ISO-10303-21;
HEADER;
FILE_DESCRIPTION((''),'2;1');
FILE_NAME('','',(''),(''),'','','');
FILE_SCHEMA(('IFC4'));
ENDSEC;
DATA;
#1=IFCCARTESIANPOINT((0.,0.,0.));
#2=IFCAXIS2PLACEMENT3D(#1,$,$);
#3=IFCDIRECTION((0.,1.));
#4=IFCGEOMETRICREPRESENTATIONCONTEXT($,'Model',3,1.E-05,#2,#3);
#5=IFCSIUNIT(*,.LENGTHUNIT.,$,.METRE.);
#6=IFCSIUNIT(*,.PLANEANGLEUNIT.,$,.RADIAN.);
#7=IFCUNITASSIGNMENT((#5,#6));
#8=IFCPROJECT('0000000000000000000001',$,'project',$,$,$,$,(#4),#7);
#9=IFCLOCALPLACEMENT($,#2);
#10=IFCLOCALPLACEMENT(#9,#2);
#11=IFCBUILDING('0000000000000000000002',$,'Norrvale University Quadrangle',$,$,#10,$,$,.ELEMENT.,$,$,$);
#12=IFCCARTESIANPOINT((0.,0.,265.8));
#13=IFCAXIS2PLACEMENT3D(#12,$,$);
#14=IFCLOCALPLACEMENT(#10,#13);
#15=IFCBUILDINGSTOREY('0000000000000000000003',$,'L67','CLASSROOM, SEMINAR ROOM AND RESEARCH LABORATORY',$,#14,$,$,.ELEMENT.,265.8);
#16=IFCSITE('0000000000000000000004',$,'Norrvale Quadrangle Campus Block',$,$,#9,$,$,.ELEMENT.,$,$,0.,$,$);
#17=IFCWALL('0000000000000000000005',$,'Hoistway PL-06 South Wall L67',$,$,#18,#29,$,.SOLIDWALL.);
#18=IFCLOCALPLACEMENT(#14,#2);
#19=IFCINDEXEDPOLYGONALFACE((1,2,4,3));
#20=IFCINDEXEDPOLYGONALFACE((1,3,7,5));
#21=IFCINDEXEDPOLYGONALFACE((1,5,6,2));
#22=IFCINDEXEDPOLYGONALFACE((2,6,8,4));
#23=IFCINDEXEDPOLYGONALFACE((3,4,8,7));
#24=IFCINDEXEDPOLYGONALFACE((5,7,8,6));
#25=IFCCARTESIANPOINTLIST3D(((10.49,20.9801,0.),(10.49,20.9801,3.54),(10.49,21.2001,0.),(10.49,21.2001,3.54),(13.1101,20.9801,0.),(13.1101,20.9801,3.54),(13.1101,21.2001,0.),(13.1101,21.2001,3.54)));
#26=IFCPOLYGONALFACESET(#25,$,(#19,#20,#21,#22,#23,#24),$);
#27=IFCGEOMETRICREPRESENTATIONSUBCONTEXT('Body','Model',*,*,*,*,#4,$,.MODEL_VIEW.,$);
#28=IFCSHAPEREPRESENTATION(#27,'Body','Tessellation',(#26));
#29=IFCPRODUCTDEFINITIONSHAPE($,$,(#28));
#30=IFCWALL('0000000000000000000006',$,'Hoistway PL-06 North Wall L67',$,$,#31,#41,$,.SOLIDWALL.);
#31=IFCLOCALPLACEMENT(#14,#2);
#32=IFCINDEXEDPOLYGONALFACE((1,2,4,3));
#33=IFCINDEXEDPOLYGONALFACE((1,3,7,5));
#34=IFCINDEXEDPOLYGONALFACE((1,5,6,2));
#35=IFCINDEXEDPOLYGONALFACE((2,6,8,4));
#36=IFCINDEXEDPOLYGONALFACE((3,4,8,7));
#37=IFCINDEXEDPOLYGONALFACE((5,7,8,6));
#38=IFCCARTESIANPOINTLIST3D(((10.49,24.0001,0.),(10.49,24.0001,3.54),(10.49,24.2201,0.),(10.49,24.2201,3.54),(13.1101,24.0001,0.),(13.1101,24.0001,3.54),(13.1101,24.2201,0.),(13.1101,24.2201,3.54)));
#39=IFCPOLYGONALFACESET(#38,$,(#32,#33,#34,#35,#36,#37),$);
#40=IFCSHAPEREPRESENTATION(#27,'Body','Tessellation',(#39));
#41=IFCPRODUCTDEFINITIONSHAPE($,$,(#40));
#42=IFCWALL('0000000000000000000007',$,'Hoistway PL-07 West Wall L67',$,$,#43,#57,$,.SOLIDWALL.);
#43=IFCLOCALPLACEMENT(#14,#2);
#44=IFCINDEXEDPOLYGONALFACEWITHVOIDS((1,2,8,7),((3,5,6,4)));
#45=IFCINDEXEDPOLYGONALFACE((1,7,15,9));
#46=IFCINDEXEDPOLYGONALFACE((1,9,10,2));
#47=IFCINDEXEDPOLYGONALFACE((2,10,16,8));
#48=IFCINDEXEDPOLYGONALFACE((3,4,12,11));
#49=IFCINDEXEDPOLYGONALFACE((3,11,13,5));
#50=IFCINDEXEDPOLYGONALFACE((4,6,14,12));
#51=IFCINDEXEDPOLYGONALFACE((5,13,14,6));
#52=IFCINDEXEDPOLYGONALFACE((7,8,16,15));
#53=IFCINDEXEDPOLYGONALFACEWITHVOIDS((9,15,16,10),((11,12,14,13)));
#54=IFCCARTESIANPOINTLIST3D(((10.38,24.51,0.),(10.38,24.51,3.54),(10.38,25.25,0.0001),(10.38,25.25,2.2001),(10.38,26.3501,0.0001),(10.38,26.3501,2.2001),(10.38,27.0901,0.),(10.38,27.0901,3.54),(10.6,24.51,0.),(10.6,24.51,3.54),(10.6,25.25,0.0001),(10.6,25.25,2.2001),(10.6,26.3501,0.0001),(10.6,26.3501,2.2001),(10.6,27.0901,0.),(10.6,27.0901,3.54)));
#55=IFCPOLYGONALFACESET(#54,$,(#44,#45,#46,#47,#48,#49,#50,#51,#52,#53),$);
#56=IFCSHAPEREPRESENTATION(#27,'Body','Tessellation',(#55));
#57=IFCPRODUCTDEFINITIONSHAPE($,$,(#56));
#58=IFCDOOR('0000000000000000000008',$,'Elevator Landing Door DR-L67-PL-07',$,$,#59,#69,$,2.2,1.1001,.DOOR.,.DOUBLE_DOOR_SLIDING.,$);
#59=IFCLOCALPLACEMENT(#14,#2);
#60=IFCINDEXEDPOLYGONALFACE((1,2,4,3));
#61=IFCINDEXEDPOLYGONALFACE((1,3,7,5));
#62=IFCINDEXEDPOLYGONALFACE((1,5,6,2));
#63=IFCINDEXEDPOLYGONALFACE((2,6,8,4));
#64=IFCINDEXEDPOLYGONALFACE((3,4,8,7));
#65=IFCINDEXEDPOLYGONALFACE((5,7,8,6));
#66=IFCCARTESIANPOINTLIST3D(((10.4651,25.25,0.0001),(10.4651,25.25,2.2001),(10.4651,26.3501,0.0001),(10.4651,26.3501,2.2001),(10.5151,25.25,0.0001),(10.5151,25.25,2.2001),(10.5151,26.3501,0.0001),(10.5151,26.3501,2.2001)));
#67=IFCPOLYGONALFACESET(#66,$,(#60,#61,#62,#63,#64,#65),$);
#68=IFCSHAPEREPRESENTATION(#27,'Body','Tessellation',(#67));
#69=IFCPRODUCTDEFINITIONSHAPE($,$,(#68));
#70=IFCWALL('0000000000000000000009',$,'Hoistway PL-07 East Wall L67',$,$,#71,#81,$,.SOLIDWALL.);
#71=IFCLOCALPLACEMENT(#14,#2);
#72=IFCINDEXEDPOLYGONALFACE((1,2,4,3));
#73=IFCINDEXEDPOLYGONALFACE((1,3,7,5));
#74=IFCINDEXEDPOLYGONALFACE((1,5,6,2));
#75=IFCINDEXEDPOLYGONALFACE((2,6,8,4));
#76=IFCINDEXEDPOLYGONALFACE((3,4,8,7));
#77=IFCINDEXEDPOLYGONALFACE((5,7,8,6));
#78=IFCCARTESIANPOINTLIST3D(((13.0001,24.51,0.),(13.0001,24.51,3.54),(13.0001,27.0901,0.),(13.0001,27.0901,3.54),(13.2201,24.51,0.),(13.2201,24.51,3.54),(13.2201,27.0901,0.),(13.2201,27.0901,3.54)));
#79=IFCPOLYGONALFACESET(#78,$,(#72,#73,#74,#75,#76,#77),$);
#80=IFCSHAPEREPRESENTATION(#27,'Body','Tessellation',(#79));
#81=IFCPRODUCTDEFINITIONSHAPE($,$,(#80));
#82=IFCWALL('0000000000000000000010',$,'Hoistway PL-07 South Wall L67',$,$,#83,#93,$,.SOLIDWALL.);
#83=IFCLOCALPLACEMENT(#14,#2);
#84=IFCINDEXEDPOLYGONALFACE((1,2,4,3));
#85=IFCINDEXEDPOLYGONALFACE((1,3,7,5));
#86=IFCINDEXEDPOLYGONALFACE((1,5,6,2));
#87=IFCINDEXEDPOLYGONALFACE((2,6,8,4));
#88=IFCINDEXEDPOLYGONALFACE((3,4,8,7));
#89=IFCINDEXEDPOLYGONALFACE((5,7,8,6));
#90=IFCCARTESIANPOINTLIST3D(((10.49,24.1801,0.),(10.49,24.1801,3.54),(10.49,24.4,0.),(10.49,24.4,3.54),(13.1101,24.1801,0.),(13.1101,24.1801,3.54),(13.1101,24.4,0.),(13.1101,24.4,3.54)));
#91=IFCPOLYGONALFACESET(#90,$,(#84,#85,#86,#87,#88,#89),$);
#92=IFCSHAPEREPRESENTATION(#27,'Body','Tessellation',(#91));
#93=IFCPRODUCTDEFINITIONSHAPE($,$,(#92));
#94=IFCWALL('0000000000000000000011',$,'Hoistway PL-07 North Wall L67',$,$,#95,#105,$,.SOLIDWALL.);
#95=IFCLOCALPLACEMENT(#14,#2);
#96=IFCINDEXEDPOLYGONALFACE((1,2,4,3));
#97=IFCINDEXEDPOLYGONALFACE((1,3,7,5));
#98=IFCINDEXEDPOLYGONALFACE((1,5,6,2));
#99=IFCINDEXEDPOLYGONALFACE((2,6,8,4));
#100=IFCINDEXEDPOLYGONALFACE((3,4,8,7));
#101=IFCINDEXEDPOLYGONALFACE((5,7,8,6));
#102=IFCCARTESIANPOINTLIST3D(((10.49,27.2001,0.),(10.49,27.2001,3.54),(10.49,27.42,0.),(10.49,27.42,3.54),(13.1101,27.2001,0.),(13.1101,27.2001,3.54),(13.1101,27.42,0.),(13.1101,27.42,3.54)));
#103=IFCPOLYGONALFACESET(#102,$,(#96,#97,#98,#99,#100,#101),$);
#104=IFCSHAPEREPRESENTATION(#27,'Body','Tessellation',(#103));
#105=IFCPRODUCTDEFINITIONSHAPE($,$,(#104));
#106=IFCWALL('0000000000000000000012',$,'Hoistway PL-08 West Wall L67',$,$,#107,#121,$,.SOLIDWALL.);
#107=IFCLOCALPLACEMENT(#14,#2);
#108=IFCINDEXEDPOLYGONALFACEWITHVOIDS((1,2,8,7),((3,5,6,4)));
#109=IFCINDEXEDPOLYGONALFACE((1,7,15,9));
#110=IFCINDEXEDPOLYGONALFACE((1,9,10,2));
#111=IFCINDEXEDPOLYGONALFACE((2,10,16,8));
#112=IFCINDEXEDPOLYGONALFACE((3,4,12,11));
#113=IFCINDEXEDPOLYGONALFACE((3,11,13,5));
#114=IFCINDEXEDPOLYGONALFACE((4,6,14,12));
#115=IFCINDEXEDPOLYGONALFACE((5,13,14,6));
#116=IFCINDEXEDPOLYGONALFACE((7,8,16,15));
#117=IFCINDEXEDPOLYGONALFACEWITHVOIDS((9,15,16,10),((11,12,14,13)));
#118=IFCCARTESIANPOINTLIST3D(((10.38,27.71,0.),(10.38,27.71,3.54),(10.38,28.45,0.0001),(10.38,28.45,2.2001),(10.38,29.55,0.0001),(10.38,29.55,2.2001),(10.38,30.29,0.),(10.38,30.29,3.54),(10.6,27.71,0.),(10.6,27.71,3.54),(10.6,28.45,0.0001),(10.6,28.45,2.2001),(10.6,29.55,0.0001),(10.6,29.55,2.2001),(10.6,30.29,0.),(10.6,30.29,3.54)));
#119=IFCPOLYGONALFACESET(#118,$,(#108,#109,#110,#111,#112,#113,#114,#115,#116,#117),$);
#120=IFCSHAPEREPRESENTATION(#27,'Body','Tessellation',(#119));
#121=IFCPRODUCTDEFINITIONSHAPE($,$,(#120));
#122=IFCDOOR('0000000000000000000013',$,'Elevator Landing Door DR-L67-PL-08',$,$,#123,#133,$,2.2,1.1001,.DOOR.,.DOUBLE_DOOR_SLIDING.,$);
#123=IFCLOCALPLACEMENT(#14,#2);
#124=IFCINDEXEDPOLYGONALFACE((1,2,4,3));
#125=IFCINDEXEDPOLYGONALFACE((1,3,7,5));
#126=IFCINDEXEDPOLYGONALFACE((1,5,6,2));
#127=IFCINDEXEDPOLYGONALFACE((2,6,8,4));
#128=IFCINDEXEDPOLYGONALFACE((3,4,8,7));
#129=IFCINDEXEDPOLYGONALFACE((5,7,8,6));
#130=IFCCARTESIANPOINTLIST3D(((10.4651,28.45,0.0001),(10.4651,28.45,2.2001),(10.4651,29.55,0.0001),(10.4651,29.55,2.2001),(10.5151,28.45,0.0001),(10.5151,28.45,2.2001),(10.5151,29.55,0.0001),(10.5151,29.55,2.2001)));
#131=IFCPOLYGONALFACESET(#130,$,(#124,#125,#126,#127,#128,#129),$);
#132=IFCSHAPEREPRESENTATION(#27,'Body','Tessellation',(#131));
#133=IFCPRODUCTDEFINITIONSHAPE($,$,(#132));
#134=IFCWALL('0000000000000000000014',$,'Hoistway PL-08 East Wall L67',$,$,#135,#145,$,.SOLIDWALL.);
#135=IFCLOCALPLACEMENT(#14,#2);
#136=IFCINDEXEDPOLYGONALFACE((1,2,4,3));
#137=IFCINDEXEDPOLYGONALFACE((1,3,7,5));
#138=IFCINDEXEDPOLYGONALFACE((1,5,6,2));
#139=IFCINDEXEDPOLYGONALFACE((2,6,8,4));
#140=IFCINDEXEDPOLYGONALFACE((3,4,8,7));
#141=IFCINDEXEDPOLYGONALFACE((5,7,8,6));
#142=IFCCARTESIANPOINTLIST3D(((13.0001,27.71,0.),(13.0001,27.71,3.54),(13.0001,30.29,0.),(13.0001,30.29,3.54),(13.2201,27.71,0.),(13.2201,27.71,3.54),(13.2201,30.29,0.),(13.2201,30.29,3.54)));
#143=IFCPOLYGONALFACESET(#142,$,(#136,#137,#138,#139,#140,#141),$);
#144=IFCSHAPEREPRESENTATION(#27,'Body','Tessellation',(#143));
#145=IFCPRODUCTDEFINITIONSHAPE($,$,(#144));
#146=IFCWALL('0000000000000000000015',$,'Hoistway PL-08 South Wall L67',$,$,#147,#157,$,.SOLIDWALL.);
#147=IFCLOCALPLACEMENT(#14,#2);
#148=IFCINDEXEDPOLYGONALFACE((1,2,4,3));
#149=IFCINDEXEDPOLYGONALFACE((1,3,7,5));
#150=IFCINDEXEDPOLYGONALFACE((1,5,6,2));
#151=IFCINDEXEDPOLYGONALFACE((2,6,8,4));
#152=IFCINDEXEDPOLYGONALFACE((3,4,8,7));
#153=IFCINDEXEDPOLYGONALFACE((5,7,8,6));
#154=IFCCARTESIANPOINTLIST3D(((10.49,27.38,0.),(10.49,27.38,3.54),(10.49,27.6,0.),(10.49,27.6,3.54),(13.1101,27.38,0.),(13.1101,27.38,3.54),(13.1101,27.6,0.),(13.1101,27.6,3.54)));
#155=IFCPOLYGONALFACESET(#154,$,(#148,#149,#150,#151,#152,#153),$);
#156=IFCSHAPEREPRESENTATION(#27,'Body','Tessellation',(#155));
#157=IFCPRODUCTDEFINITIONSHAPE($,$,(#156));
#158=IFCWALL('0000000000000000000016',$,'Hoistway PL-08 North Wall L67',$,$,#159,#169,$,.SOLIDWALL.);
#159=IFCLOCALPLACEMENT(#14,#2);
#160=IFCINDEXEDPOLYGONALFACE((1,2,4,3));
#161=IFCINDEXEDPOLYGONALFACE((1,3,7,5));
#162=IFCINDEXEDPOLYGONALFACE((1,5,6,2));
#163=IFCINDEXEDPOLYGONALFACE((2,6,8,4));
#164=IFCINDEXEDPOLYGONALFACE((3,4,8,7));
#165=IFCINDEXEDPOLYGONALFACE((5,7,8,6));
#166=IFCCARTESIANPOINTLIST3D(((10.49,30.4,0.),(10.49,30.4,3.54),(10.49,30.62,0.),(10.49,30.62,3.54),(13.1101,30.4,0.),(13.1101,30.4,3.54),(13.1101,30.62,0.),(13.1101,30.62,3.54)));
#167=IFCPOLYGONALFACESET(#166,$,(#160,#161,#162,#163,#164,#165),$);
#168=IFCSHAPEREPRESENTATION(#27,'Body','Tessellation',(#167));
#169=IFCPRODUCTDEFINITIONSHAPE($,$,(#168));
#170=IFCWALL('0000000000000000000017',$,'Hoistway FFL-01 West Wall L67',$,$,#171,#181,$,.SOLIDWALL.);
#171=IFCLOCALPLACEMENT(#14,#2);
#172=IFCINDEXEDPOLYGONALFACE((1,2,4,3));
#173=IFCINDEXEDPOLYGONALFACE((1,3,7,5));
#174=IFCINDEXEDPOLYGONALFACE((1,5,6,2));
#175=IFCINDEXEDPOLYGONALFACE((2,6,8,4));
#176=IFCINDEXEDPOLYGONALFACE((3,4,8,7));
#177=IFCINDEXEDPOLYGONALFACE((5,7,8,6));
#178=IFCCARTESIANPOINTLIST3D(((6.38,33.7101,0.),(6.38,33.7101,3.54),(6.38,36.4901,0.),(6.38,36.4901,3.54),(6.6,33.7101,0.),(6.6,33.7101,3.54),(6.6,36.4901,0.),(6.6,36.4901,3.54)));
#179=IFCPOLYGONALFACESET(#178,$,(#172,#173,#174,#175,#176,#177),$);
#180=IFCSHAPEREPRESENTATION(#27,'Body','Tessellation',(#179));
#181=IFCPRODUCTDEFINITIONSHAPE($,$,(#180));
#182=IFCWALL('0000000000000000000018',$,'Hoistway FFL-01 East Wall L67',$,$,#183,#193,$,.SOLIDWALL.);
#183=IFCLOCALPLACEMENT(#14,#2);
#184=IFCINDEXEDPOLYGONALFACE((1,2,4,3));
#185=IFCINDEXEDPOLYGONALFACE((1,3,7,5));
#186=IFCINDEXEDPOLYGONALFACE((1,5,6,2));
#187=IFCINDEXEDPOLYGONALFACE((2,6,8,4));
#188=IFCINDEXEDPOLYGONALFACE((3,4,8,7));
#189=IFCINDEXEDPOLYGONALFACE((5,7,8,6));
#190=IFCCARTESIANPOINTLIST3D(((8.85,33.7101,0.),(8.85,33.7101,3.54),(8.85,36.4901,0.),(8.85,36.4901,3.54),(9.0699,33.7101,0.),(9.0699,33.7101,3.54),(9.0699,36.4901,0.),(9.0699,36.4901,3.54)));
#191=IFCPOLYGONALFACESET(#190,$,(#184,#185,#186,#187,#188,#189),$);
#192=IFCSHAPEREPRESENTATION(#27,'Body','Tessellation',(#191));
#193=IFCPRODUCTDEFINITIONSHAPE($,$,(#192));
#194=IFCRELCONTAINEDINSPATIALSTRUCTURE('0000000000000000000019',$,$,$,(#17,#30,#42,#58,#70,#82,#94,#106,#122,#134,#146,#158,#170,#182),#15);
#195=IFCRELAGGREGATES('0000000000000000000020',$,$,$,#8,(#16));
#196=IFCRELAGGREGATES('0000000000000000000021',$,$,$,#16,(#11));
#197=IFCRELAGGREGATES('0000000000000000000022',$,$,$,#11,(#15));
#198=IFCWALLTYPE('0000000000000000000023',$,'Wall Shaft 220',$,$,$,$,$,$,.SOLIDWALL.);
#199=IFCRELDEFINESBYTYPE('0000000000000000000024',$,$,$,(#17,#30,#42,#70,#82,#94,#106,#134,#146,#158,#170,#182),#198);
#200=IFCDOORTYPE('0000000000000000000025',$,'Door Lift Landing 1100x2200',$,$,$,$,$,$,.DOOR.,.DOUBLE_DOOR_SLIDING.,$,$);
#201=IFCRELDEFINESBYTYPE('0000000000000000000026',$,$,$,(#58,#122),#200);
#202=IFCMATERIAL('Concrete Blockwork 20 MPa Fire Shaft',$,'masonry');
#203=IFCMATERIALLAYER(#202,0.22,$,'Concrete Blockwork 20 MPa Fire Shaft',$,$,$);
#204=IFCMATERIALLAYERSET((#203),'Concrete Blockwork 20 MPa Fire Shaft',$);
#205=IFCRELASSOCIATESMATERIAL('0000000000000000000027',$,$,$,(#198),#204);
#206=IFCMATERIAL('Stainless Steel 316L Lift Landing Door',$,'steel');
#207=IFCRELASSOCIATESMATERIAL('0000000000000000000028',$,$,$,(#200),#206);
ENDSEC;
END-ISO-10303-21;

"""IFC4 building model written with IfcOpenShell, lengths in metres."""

from ifc_helpers import new_model, si_unit, direction, frame, frame_2d, origin, place, context, subcontext, project, spatial, rectangle, extrude, material, layer, layer_set, type_object, element, fill, save


model = new_model("IFC4")

# Units and contexts
model_context = context("Model", 3, precision=1e-05, world=origin(), true_north=direction((0.0, 1.0)))
body_context = subcontext(model_context, "Body", "Model", "MODEL_VIEW")
ifc_project = project(units=[si_unit("LENGTHUNIT", "METRE"), si_unit("PLANEANGLEUNIT", "RADIAN")], contexts=[model_context])

# Site, building, storey
site_placement = place(None, origin())
site = spatial("IfcSite", under=ifc_project, at=site_placement, Name="Norrvale Quadrangle Campus Block", CompositionType="ELEMENT", RefElevation=0.0)
building_placement = place(site_placement, origin())
building = spatial("IfcBuilding", under=site, at=building_placement, Name="Norrvale University Quadrangle", CompositionType="ELEMENT")
storey_placement = place(building_placement, frame((0.0, 0.0, 265.8)))
storey = spatial("IfcBuildingStorey", under=building, at=storey_placement, Name="L67", Description="CLASSROOM, SEMINAR ROOM AND RESEARCH LABORATORY", CompositionType="ELEMENT", Elevation=265.8)

# Shared definitions
ifc_material_1 = material(Name="Concrete Blockwork 20 MPa Fire Shaft", Category="masonry")
ifc_layer_1 = layer(ifc_material_1, 0.22, Name="Concrete Blockwork 20 MPa Fire Shaft")
ifc_layer_set_1 = layer_set([ifc_layer_1], Name="Concrete Blockwork 20 MPa Fire Shaft")
wall_type_1 = type_object("IfcWallType", Name="Wall Shaft 220", PredefinedType="SOLIDWALL", material=ifc_layer_set_1)

# Shared definitions
ifc_material_2 = material(Name="Stainless Steel 316L Lift Landing Door", Category="steel")
door_type_1 = type_object("IfcDoorType", Name="Door Lift Landing 1100x2200", OperationType="DOUBLE_DOOR_SLIDING", PredefinedType="DOOR", material=ifc_material_2)

# Walls
for number, where, z_axis, x_axis, name in (
    (1, (10.49, 21.0901, 0.0), (0.0, 0.0, 1.0), (1.0, 0.0, 0.0), "Hoistway PL-06 South Wall L67"),
    (2, (10.49, 24.1101, 0.0), (0.0, 0.0, 1.0), (1.0, 0.0, 0.0), "Hoistway PL-06 North Wall L67"),
):
    element("IfcWall", number, at=place(storey_placement, frame(where, z_axis=z_axis, x_axis=x_axis)), inside=storey, type_object=wall_type_1, Name=name, PredefinedType="SOLIDWALL", context=body_context, shape_type="SweptSolid", body=[
        extrude(rectangle(XDim=2.6201, YDim=0.22, at=frame_2d((1.3101, 0.0))), origin(), (0.0, 0.0, 1.0), 3.54),
    ])

# Wall, opening, door
wall_1_placement = place(storey_placement, frame((10.49, 24.51, 0.0), z_axis=(0.0, 0.0, 1.0), x_axis=(0.0, 1.0, 0.0)))
wall_1 = element("IfcWall", 3, at=wall_1_placement, inside=storey, type_object=wall_type_1, Name="Hoistway PL-07 West Wall L67", PredefinedType="SOLIDWALL", context=body_context, shape_type="SweptSolid", body=[
    extrude(rectangle(XDim=2.5801, YDim=0.22, at=frame_2d((1.29, 0.0))), origin(), (0.0, 0.0, 1.0), 3.54),
])
opening_1_placement = place(wall_1_placement, frame((0.74, 0.0, 0.0)))
opening_1 = element("IfcOpeningElement", 4, at=opening_1_placement, cuts=wall_1, PredefinedType="OPENING", context=body_context, shape_type="SweptSolid", body=[
    extrude(rectangle(XDim=1.1001, YDim=2.2, at=frame_2d((0.55, 1.1001))), frame((0.0, 0.1221, 0.0), z_axis=(0.0, -1.0, 0.0), x_axis=(1.0, 0.0, 0.0)), (0.0, 0.0, 1.0), 0.2439),
])
door_1_placement = place(opening_1_placement, origin())
door_1 = element("IfcDoor", 5, at=door_1_placement, inside=storey, type_object=door_type_1, Name="Elevator Landing Door DR-L67-PL-07", OperationType="DOUBLE_DOOR_SLIDING", OverallHeight=2.2, OverallWidth=1.1001, PredefinedType="DOOR", context=body_context, shape_type="SweptSolid", body=[
    extrude(rectangle(XDim=1.1001, YDim=2.2, at=frame_2d((0.55, 1.1001))), frame((0.0, 0.0249, 0.0), z_axis=(0.0, -1.0, 0.0), x_axis=(1.0, 0.0, 0.0)), (0.0, 0.0, 1.0), 0.05),
])
fill(opening_1, door_1)

# Walls
wall_2_placement = place(storey_placement, frame((13.1101, 24.51, 0.0), z_axis=(0.0, 0.0, 1.0), x_axis=(0.0, 1.0, 0.0)))
element("IfcWall", 6, at=wall_2_placement, inside=storey, type_object=wall_type_1, Name="Hoistway PL-07 East Wall L67", PredefinedType="SOLIDWALL", context=body_context, shape_type="SweptSolid", body=[
    extrude(rectangle(XDim=2.5801, YDim=0.22, at=frame_2d((1.29, 0.0))), origin(), (0.0, 0.0, 1.0), 3.54),
])
for number, where, z_axis, x_axis, name in (
    (7, (10.49, 24.29, 0.0), (0.0, 0.0, 1.0), (1.0, 0.0, 0.0), "Hoistway PL-07 South Wall L67"),
    (8, (10.49, 27.3101, 0.0), (0.0, 0.0, 1.0), (1.0, 0.0, 0.0), "Hoistway PL-07 North Wall L67"),
):
    element("IfcWall", number, at=place(storey_placement, frame(where, z_axis=z_axis, x_axis=x_axis)), inside=storey, type_object=wall_type_1, Name=name, PredefinedType="SOLIDWALL", context=body_context, shape_type="SweptSolid", body=[
        extrude(rectangle(XDim=2.6201, YDim=0.22, at=frame_2d((1.3101, 0.0))), origin(), (0.0, 0.0, 1.0), 3.54),
    ])

# Wall, opening, door
wall_3_placement = place(storey_placement, frame((10.49, 27.71, 0.0), z_axis=(0.0, 0.0, 1.0), x_axis=(0.0, 1.0, 0.0)))
wall_3 = element("IfcWall", 9, at=wall_3_placement, inside=storey, type_object=wall_type_1, Name="Hoistway PL-08 West Wall L67", PredefinedType="SOLIDWALL", context=body_context, shape_type="SweptSolid", body=[
    extrude(rectangle(XDim=2.5801, YDim=0.22, at=frame_2d((1.29, 0.0))), origin(), (0.0, 0.0, 1.0), 3.54),
])
opening_2_placement = place(wall_3_placement, frame((0.74, 0.0, 0.0)))
opening_2 = element("IfcOpeningElement", 10, at=opening_2_placement, cuts=wall_3, PredefinedType="OPENING", context=body_context, shape_type="SweptSolid", body=[
    extrude(rectangle(XDim=1.1001, YDim=2.2, at=frame_2d((0.55, 1.1001))), frame((0.0, 0.1221, 0.0), z_axis=(0.0, -1.0, 0.0), x_axis=(1.0, 0.0, 0.0)), (0.0, 0.0, 1.0), 0.2439),
])
door_2_placement = place(opening_2_placement, origin())
door_2 = element("IfcDoor", 11, at=door_2_placement, inside=storey, type_object=door_type_1, Name="Elevator Landing Door DR-L67-PL-08", OperationType="DOUBLE_DOOR_SLIDING", OverallHeight=2.2, OverallWidth=1.1001, PredefinedType="DOOR", context=body_context, shape_type="SweptSolid", body=[
    extrude(rectangle(XDim=1.1001, YDim=2.2, at=frame_2d((0.55, 1.1001))), frame((0.0, 0.0249, 0.0), z_axis=(0.0, -1.0, 0.0), x_axis=(1.0, 0.0, 0.0)), (0.0, 0.0, 1.0), 0.05),
])
fill(opening_2, door_2)

# Walls
wall_4_placement = place(storey_placement, frame((13.1101, 27.71, 0.0), z_axis=(0.0, 0.0, 1.0), x_axis=(0.0, 1.0, 0.0)))
element("IfcWall", 12, at=wall_4_placement, inside=storey, type_object=wall_type_1, Name="Hoistway PL-08 East Wall L67", PredefinedType="SOLIDWALL", context=body_context, shape_type="SweptSolid", body=[
    extrude(rectangle(XDim=2.5801, YDim=0.22, at=frame_2d((1.29, 0.0))), origin(), (0.0, 0.0, 1.0), 3.54),
])
for number, where, z_axis, x_axis, name in (
    (13, (10.49, 27.49, 0.0), (0.0, 0.0, 1.0), (1.0, 0.0, 0.0), "Hoistway PL-08 South Wall L67"),
    (14, (10.49, 30.51, 0.0), (0.0, 0.0, 1.0), (1.0, 0.0, 0.0), "Hoistway PL-08 North Wall L67"),
):
    element("IfcWall", number, at=place(storey_placement, frame(where, z_axis=z_axis, x_axis=x_axis)), inside=storey, type_object=wall_type_1, Name=name, PredefinedType="SOLIDWALL", context=body_context, shape_type="SweptSolid", body=[
        extrude(rectangle(XDim=2.6201, YDim=0.22, at=frame_2d((1.3101, 0.0))), origin(), (0.0, 0.0, 1.0), 3.54),
    ])
for number, where, z_axis, x_axis, name in (
    (15, (6.49, 33.71, 0.0), (0.0, 0.0, 1.0), (0.0, 1.0, 0.0), "Hoistway FFL-01 West Wall L67"),
    (16, (8.96, 33.71, 0.0), (0.0, 0.0, 1.0), (0.0, 1.0, 0.0), "Hoistway FFL-01 East Wall L67"),
):
    element("IfcWall", number, at=place(storey_placement, frame(where, z_axis=z_axis, x_axis=x_axis)), inside=storey, type_object=wall_type_1, Name=name, PredefinedType="SOLIDWALL", context=body_context, shape_type="SweptSolid", body=[
        extrude(rectangle(XDim=2.78, YDim=0.22, at=frame_2d((1.3901, 0.0))), origin(), (0.0, 0.0, 1.0), 3.54),
    ])

save(model, "model.ifc")
